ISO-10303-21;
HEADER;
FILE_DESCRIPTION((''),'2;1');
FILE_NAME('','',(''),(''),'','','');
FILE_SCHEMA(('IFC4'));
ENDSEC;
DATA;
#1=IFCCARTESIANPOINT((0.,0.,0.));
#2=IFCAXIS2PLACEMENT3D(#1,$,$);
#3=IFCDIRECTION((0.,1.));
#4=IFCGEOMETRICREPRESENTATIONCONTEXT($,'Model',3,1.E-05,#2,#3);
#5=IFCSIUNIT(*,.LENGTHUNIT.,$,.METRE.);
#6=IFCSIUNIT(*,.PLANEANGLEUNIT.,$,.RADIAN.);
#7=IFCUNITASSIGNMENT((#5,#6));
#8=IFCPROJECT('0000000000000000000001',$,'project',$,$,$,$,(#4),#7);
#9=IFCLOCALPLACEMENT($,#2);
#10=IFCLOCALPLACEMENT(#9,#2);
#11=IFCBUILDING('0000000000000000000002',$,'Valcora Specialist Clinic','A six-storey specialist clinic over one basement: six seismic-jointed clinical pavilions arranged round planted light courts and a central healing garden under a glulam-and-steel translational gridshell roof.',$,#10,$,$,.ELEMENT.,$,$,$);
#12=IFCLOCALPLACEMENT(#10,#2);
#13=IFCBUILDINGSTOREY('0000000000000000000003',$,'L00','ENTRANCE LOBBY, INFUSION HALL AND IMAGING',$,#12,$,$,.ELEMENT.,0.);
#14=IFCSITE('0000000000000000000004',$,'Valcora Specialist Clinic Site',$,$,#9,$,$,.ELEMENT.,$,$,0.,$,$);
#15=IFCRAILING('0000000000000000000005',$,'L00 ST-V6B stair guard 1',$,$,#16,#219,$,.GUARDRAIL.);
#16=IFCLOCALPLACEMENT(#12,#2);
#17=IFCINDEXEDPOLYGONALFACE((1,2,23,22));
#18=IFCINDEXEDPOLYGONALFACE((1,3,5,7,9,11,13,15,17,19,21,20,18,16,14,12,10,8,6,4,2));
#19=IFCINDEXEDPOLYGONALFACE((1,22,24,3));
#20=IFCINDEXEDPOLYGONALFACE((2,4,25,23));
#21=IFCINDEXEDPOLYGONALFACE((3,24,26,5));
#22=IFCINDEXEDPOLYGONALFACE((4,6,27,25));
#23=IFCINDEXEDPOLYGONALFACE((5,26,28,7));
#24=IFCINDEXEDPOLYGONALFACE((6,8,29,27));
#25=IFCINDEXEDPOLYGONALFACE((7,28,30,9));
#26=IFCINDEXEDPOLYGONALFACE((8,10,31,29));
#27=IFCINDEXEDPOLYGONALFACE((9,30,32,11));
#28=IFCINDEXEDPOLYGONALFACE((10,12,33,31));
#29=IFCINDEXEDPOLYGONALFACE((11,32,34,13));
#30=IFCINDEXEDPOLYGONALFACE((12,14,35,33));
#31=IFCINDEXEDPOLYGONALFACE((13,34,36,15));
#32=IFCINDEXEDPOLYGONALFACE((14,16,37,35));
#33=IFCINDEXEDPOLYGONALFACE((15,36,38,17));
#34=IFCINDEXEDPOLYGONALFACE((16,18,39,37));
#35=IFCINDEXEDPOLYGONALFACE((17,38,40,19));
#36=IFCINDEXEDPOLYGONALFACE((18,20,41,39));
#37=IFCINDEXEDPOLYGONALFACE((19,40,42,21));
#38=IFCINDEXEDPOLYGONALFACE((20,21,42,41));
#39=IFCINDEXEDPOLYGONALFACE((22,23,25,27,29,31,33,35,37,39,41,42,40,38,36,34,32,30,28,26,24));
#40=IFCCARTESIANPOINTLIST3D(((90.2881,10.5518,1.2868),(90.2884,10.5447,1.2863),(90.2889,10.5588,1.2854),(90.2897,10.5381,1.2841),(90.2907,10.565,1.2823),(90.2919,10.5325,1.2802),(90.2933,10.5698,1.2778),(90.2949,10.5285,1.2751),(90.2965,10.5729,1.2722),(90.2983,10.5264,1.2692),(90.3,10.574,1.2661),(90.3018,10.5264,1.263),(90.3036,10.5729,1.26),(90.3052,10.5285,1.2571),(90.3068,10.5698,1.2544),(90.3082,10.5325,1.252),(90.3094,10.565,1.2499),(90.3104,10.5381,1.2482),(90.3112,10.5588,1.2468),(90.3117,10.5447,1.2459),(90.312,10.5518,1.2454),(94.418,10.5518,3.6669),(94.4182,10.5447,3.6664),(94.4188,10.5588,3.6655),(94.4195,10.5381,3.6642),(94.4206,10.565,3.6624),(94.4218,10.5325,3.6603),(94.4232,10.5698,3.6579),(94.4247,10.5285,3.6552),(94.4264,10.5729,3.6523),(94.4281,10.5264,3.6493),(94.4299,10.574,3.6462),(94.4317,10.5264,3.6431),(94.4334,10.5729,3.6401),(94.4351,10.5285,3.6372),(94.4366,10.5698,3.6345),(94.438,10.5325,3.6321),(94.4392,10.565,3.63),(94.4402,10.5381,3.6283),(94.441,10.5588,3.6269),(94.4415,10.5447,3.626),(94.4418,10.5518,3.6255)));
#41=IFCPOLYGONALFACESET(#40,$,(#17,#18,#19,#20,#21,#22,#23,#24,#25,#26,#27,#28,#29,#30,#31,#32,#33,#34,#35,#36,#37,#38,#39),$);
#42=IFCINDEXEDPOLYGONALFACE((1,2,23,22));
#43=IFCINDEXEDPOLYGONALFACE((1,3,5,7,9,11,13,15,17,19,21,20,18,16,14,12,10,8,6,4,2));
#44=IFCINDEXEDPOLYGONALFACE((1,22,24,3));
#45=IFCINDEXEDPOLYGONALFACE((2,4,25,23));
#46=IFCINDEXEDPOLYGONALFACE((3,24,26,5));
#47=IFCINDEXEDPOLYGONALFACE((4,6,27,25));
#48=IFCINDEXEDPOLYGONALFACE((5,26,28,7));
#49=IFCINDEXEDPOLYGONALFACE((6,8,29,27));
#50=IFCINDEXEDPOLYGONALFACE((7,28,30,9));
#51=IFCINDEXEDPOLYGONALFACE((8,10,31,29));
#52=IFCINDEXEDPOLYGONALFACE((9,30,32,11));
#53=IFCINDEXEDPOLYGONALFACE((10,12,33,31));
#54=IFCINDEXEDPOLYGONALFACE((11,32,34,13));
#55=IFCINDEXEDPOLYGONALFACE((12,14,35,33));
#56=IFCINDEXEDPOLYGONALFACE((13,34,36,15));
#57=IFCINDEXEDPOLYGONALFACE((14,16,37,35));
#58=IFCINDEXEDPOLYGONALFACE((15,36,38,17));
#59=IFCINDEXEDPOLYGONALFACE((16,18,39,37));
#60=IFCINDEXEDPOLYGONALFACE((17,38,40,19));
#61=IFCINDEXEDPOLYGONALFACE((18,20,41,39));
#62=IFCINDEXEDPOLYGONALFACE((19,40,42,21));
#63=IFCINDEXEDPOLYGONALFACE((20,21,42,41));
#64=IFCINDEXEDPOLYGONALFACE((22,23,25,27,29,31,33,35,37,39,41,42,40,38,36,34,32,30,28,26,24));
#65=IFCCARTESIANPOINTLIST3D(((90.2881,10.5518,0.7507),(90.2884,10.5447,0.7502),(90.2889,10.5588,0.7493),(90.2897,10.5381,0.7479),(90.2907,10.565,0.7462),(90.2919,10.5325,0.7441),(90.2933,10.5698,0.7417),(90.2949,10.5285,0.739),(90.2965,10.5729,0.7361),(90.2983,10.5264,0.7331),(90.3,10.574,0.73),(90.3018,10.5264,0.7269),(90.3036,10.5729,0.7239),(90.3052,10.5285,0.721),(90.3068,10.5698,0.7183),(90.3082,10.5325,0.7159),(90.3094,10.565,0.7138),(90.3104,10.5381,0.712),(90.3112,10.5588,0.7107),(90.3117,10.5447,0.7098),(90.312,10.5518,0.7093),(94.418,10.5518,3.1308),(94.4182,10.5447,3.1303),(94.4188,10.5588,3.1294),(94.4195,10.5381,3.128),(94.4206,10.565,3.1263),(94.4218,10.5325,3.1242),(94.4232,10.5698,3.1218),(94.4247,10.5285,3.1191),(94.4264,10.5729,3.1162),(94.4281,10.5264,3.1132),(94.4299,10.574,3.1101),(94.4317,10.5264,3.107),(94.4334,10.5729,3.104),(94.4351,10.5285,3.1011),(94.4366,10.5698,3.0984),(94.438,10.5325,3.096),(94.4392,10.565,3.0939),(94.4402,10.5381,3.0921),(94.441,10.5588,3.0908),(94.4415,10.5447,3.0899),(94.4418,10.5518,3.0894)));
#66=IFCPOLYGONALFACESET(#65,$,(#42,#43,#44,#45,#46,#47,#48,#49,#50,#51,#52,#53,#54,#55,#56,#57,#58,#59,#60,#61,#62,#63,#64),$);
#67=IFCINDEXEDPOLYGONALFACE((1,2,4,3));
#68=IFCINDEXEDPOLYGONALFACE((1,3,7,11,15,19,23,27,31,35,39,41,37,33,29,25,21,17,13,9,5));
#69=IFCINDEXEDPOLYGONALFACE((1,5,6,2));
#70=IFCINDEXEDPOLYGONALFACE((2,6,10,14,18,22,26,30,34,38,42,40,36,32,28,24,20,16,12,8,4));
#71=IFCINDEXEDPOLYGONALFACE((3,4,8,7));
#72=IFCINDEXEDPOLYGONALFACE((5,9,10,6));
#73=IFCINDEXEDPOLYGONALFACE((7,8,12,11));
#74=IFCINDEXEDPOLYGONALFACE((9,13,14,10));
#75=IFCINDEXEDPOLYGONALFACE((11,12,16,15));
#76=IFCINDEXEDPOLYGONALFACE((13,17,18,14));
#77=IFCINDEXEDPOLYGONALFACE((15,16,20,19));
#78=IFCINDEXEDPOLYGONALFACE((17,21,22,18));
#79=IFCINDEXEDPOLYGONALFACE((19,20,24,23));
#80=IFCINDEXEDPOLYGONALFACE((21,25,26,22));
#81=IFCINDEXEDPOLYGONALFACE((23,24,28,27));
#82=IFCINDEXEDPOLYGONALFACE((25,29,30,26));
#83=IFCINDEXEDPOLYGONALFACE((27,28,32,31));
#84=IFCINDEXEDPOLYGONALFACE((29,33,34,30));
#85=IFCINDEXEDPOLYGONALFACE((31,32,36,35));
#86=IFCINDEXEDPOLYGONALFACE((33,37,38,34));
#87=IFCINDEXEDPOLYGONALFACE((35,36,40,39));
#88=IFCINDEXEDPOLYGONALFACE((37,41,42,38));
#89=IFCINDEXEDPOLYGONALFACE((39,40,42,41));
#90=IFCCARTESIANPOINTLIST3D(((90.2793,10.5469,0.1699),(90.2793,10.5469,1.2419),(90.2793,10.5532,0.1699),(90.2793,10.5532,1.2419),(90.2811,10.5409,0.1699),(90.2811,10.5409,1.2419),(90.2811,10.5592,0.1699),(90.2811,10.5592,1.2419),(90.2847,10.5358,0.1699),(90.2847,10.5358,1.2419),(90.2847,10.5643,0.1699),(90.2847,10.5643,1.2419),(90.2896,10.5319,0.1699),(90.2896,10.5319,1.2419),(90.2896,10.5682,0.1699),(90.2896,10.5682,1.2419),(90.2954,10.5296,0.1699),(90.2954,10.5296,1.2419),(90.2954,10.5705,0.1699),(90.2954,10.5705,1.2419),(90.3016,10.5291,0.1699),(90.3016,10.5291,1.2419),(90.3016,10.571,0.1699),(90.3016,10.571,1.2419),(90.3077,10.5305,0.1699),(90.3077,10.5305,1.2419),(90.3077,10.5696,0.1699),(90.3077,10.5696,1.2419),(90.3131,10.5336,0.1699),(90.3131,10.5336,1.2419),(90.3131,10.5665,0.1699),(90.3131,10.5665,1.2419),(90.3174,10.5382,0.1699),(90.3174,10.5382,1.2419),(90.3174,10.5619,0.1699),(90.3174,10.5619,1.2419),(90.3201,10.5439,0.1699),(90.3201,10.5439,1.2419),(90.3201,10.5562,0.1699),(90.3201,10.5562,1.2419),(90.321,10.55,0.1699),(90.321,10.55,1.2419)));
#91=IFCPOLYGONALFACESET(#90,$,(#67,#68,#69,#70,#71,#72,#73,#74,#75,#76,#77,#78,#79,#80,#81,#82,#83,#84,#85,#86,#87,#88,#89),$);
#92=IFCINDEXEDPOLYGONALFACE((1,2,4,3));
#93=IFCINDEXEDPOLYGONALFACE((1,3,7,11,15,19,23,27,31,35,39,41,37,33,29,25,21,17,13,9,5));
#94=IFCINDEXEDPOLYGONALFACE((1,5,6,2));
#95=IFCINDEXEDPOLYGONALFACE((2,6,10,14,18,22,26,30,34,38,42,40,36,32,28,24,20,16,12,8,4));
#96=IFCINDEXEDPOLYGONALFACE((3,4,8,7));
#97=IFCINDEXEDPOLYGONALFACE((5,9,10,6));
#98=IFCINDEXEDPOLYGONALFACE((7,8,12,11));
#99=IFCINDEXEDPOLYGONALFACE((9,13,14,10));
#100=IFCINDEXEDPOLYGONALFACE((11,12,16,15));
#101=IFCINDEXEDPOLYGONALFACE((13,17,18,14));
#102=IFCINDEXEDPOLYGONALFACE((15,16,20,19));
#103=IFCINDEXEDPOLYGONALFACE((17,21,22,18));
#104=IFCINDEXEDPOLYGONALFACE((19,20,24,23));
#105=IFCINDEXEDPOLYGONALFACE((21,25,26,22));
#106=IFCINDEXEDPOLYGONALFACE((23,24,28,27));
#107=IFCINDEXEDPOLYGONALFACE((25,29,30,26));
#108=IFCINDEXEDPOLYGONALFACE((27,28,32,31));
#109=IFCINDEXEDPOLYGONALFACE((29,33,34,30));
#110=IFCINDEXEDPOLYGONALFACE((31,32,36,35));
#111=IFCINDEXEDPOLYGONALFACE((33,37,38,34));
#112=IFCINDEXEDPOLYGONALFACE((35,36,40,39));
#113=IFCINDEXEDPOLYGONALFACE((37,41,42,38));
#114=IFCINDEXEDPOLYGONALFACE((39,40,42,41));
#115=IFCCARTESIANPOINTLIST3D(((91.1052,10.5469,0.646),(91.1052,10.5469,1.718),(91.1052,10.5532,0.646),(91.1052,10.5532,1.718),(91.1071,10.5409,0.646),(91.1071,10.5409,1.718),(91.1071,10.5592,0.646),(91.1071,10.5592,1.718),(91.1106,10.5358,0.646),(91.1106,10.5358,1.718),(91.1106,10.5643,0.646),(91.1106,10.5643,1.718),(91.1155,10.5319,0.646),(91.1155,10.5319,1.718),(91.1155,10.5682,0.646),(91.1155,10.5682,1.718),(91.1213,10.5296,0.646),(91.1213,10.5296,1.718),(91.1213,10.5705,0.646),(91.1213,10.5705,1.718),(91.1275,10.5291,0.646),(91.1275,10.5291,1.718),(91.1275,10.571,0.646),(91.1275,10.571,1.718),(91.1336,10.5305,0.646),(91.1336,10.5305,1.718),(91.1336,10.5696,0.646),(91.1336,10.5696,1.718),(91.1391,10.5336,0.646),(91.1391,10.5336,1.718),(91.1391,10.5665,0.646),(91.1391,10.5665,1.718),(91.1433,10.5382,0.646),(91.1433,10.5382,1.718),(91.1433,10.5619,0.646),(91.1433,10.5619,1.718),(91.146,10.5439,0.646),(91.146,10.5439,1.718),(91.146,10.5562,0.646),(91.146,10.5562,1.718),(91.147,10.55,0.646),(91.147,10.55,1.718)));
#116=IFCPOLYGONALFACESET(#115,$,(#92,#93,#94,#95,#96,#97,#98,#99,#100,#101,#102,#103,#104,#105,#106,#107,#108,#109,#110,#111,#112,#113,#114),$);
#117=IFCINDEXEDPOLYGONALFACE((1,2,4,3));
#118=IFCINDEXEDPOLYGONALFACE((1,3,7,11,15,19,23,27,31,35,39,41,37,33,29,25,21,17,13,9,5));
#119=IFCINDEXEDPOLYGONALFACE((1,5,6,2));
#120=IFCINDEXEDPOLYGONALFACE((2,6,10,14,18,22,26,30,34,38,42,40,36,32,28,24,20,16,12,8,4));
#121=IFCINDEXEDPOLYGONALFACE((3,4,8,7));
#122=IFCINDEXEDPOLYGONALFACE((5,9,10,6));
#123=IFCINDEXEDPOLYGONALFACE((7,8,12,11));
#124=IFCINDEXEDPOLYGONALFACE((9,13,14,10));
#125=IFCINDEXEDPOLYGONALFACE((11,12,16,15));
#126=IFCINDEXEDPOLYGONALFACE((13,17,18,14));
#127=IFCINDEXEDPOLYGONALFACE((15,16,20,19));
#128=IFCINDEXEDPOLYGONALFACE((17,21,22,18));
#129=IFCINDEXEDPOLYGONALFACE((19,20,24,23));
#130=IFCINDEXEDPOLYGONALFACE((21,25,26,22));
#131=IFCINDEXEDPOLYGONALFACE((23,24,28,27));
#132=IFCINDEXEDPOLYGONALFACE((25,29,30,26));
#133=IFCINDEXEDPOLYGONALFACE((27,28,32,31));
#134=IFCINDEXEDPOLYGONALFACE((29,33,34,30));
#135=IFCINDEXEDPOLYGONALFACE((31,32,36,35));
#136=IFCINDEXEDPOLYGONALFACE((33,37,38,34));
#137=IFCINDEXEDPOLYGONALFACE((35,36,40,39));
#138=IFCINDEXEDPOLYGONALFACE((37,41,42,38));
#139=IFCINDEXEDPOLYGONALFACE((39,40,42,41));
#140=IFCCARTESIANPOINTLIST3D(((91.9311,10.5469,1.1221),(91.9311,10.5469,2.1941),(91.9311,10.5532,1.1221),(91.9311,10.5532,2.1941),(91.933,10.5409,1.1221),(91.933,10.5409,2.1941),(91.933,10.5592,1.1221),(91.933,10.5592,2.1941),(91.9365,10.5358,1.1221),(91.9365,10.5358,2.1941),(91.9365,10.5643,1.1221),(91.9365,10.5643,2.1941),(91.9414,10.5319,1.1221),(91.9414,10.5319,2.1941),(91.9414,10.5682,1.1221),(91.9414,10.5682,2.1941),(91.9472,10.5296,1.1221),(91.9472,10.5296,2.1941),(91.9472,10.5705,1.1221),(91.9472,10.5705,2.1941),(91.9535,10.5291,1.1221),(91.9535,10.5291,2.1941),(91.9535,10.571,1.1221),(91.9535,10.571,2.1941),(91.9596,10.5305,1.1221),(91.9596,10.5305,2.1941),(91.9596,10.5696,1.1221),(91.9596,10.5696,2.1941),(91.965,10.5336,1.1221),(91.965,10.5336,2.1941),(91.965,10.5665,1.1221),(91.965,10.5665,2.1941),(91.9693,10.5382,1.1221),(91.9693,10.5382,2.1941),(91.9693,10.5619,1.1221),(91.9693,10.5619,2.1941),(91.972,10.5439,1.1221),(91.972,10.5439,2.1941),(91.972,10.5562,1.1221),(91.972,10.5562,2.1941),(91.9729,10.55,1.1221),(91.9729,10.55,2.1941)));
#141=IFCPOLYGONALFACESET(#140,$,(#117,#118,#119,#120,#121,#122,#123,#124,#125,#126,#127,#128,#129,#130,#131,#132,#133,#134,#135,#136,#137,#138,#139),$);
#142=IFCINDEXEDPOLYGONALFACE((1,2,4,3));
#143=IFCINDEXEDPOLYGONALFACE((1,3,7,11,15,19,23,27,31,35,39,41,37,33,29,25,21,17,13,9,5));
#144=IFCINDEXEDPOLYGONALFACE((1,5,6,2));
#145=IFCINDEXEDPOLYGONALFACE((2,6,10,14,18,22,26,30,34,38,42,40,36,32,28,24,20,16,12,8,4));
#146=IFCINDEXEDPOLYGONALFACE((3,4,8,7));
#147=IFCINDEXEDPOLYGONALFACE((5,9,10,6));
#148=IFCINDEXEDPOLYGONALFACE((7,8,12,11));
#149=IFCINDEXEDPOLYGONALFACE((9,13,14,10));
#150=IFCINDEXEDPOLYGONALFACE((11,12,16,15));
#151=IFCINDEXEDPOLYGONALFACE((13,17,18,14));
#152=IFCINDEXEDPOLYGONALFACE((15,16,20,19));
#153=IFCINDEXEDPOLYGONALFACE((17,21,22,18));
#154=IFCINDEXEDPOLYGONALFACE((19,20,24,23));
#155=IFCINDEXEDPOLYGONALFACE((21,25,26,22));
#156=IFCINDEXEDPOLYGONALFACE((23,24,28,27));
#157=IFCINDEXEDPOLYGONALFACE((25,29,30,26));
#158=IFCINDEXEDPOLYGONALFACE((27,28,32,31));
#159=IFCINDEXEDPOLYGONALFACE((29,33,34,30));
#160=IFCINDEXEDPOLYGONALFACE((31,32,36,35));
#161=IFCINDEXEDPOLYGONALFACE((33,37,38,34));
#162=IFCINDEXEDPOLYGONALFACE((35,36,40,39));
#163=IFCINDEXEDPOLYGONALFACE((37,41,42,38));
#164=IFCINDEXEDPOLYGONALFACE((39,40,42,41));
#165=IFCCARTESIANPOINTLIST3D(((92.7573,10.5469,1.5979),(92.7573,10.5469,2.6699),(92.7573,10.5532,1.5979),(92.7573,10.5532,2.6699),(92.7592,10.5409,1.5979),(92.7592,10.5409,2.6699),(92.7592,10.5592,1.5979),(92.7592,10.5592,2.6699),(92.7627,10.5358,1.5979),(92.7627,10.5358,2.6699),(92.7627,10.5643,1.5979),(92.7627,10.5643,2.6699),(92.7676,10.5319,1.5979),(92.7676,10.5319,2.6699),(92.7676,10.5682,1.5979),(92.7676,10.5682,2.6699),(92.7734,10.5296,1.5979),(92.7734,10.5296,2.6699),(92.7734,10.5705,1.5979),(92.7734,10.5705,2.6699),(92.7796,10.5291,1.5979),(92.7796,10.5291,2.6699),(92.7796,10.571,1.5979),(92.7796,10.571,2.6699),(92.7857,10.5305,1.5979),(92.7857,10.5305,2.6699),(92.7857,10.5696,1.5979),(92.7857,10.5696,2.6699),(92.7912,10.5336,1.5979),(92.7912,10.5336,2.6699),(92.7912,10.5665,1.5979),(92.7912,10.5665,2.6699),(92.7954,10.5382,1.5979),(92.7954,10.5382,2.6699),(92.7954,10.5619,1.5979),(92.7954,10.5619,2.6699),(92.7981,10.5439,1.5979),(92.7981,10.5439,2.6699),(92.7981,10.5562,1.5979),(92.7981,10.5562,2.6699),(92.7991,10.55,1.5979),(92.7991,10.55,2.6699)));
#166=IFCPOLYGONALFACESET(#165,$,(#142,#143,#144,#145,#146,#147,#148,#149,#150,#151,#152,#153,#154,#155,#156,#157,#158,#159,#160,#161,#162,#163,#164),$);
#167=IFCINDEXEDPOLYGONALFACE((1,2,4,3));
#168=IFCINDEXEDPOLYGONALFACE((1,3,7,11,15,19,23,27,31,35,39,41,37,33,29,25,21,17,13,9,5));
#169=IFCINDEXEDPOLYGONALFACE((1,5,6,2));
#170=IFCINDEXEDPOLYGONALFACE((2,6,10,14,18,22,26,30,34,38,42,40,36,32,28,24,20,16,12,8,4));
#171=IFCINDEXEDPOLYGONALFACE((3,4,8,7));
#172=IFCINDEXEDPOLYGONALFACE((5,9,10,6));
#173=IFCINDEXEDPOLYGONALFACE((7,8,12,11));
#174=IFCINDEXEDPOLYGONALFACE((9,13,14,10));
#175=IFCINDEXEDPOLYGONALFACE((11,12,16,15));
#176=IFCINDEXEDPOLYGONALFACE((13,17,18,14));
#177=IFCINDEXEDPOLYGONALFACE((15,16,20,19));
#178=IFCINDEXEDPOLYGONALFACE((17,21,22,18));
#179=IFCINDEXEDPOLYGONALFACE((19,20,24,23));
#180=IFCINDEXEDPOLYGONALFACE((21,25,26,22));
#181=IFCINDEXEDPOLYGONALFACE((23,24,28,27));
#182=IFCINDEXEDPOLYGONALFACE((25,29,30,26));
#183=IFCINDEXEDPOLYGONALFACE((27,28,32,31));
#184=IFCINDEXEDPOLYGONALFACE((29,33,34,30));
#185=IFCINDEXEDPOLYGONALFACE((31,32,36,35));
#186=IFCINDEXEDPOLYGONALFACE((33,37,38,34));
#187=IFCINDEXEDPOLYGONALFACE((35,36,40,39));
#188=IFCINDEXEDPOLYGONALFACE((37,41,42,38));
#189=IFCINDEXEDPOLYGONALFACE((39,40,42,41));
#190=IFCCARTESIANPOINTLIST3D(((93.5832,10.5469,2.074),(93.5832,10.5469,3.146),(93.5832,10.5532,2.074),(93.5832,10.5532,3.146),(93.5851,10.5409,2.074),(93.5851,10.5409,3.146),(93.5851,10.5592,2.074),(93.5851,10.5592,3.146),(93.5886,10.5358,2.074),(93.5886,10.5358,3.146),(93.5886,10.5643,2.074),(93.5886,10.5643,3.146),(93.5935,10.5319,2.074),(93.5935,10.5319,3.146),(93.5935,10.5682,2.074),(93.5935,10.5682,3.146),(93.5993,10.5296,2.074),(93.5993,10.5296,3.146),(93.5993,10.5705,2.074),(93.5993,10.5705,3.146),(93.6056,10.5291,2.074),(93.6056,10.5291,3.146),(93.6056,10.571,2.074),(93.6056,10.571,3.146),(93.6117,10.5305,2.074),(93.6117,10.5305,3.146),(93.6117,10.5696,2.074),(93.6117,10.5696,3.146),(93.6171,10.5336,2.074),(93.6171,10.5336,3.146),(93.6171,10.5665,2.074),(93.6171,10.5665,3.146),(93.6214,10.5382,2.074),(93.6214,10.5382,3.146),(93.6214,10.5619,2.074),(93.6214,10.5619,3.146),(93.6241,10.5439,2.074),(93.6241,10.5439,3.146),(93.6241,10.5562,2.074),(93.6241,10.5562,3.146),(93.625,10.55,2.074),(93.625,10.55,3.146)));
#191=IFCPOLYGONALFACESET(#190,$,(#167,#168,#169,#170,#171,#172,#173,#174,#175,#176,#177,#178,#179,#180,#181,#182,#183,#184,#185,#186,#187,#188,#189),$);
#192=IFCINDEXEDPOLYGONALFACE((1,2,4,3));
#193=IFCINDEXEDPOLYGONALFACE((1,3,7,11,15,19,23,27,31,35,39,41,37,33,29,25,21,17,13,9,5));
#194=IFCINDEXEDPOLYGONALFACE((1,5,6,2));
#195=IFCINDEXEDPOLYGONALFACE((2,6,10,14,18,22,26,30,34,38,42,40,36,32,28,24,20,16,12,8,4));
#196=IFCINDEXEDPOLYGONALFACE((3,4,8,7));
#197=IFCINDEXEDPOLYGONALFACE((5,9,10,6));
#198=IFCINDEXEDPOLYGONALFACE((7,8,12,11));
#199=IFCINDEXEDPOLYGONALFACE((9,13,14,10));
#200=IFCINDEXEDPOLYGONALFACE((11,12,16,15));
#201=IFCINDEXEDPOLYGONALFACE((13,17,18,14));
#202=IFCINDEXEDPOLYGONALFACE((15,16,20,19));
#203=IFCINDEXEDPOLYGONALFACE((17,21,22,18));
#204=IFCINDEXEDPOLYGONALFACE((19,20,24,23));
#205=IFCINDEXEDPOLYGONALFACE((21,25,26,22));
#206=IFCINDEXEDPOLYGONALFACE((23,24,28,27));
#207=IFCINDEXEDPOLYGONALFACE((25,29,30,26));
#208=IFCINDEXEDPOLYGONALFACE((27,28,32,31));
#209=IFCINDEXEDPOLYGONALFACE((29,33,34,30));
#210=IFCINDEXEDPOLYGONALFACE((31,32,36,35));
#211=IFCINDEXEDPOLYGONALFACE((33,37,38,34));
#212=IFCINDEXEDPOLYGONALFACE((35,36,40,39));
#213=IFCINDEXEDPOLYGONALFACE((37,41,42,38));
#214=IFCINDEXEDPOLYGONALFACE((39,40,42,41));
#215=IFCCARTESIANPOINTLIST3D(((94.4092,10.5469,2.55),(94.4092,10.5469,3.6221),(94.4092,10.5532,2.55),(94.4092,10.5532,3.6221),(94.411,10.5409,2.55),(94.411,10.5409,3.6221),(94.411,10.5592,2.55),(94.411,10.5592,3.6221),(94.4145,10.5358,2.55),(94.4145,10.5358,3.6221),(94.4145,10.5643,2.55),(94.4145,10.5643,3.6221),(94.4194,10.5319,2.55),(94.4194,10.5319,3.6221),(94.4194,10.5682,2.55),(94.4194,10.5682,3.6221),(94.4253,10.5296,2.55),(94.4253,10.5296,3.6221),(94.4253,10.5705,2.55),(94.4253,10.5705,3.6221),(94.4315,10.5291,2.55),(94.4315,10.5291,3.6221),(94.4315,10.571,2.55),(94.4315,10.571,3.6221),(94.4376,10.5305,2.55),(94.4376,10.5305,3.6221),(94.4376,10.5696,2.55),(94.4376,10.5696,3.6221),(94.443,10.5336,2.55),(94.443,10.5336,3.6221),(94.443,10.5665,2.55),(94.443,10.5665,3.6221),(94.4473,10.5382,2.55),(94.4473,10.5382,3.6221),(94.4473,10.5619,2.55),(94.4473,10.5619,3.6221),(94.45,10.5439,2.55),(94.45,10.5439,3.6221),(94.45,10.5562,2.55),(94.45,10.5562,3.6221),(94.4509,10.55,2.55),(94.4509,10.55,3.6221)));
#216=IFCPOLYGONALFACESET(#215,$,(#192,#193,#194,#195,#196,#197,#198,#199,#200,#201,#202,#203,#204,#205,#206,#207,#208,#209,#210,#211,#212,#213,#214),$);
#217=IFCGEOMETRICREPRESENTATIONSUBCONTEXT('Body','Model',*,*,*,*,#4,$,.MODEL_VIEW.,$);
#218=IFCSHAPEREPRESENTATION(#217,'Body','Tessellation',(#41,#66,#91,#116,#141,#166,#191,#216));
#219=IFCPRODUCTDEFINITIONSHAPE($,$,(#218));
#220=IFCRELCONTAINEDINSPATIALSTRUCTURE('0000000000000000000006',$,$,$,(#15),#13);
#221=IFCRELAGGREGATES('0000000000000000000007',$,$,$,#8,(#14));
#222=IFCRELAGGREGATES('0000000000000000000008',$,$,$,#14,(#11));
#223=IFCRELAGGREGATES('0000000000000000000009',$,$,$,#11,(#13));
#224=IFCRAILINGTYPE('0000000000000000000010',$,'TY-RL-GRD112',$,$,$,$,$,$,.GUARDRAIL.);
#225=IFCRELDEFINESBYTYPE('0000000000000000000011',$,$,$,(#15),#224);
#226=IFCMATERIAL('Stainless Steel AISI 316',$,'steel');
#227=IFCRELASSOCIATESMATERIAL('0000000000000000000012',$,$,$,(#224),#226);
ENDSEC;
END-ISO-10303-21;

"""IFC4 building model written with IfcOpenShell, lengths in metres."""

from ifc_helpers import new_model, si_unit, direction, frame, origin, origin_2d, place, context, subcontext, project, spatial, circle, extrude, material, type_object, element, save


model = new_model("IFC4")

# Units and contexts
model_context = context("Model", 3, precision=1e-05, world=origin(), true_north=direction((0.0, 1.0)))
body_context = subcontext(model_context, "Body", "Model", "MODEL_VIEW")
ifc_project = project(units=[si_unit("LENGTHUNIT", "METRE"), si_unit("PLANEANGLEUNIT", "RADIAN")], contexts=[model_context])

# Site, building, storey
site_placement = place(None, origin())
site = spatial("IfcSite", under=ifc_project, at=site_placement, Name="Valcora Specialist Clinic Site", CompositionType="ELEMENT", RefElevation=0.0)
building_placement = place(site_placement, origin())
building = spatial("IfcBuilding", under=site, at=building_placement, Name="Valcora Specialist Clinic", Description="A six-storey specialist clinic over one basement: six seismic-jointed clinical pavilions arranged round planted light courts and a central healing garden under a glulam-and-steel translational gridshell roof.", CompositionType="ELEMENT")
storey_placement = place(building_placement, origin())
storey = spatial("IfcBuildingStorey", under=building, at=storey_placement, Name="L00", Description="ENTRANCE LOBBY, INFUSION HALL AND IMAGING", CompositionType="ELEMENT", Elevation=0.0)

# Shared definitions
ifc_material_1 = material(Name="Stainless Steel AISI 316", Category="steel")

# Railing
railing_type_1 = type_object("IfcRailingType", Name="TY-RL-GRD112", PredefinedType="GUARDRAIL", material=ifc_material_1)
railing_1_placement = place(storey_placement, frame((90.3, 10.55, 0.1699)))
element("IfcRailing", 1, at=railing_1_placement, inside=storey, type_object=railing_type_1, Name="L00 ST-V6B stair guard 1", PredefinedType="GUARDRAIL", context=body_context, shape_type="SweptSolid", body=[
    extrude(circle(Radius=0.0239, at=origin_2d()), frame((0.0, 0.0, 1.0962), z_axis=(0.866412, 0.0, 0.499329), x_axis=(0.0, 1.0, 0.0)), (0.0, 0.0, 1.0), 4.7666),
    extrude(circle(Radius=0.0239, at=origin_2d()), frame((0.0, 0.0, 0.5601), z_axis=(0.866412, 0.0, 0.499329), x_axis=(0.0, 1.0, 0.0)), (0.0, 0.0, 1.0), 4.7666),
    extrude(circle(Radius=0.021, at=origin_2d()), origin(), (0.0, 0.0, 1.0), 1.072),
    extrude(circle(Radius=0.021, at=origin_2d()), frame((0.8259, 0.0, 0.4761)), (0.0, 0.0, 1.0), 1.072),
    extrude(circle(Radius=0.021, at=origin_2d()), frame((1.6519, 0.0, 0.9521)), (0.0, 0.0, 1.0), 1.072),
    extrude(circle(Radius=0.021, at=origin_2d()), frame((2.478, 0.0, 1.428)), (0.0, 0.0, 1.0), 1.072),
    extrude(circle(Radius=0.021, at=origin_2d()), frame((3.304, 0.0, 1.9041)), (0.0, 0.0, 1.0), 1.072),
    extrude(circle(Radius=0.021, at=origin_2d()), frame((4.1299, 0.0, 2.3801)), (0.0, 0.0, 1.0), 1.072),
])

save(model, "model.ifc")
